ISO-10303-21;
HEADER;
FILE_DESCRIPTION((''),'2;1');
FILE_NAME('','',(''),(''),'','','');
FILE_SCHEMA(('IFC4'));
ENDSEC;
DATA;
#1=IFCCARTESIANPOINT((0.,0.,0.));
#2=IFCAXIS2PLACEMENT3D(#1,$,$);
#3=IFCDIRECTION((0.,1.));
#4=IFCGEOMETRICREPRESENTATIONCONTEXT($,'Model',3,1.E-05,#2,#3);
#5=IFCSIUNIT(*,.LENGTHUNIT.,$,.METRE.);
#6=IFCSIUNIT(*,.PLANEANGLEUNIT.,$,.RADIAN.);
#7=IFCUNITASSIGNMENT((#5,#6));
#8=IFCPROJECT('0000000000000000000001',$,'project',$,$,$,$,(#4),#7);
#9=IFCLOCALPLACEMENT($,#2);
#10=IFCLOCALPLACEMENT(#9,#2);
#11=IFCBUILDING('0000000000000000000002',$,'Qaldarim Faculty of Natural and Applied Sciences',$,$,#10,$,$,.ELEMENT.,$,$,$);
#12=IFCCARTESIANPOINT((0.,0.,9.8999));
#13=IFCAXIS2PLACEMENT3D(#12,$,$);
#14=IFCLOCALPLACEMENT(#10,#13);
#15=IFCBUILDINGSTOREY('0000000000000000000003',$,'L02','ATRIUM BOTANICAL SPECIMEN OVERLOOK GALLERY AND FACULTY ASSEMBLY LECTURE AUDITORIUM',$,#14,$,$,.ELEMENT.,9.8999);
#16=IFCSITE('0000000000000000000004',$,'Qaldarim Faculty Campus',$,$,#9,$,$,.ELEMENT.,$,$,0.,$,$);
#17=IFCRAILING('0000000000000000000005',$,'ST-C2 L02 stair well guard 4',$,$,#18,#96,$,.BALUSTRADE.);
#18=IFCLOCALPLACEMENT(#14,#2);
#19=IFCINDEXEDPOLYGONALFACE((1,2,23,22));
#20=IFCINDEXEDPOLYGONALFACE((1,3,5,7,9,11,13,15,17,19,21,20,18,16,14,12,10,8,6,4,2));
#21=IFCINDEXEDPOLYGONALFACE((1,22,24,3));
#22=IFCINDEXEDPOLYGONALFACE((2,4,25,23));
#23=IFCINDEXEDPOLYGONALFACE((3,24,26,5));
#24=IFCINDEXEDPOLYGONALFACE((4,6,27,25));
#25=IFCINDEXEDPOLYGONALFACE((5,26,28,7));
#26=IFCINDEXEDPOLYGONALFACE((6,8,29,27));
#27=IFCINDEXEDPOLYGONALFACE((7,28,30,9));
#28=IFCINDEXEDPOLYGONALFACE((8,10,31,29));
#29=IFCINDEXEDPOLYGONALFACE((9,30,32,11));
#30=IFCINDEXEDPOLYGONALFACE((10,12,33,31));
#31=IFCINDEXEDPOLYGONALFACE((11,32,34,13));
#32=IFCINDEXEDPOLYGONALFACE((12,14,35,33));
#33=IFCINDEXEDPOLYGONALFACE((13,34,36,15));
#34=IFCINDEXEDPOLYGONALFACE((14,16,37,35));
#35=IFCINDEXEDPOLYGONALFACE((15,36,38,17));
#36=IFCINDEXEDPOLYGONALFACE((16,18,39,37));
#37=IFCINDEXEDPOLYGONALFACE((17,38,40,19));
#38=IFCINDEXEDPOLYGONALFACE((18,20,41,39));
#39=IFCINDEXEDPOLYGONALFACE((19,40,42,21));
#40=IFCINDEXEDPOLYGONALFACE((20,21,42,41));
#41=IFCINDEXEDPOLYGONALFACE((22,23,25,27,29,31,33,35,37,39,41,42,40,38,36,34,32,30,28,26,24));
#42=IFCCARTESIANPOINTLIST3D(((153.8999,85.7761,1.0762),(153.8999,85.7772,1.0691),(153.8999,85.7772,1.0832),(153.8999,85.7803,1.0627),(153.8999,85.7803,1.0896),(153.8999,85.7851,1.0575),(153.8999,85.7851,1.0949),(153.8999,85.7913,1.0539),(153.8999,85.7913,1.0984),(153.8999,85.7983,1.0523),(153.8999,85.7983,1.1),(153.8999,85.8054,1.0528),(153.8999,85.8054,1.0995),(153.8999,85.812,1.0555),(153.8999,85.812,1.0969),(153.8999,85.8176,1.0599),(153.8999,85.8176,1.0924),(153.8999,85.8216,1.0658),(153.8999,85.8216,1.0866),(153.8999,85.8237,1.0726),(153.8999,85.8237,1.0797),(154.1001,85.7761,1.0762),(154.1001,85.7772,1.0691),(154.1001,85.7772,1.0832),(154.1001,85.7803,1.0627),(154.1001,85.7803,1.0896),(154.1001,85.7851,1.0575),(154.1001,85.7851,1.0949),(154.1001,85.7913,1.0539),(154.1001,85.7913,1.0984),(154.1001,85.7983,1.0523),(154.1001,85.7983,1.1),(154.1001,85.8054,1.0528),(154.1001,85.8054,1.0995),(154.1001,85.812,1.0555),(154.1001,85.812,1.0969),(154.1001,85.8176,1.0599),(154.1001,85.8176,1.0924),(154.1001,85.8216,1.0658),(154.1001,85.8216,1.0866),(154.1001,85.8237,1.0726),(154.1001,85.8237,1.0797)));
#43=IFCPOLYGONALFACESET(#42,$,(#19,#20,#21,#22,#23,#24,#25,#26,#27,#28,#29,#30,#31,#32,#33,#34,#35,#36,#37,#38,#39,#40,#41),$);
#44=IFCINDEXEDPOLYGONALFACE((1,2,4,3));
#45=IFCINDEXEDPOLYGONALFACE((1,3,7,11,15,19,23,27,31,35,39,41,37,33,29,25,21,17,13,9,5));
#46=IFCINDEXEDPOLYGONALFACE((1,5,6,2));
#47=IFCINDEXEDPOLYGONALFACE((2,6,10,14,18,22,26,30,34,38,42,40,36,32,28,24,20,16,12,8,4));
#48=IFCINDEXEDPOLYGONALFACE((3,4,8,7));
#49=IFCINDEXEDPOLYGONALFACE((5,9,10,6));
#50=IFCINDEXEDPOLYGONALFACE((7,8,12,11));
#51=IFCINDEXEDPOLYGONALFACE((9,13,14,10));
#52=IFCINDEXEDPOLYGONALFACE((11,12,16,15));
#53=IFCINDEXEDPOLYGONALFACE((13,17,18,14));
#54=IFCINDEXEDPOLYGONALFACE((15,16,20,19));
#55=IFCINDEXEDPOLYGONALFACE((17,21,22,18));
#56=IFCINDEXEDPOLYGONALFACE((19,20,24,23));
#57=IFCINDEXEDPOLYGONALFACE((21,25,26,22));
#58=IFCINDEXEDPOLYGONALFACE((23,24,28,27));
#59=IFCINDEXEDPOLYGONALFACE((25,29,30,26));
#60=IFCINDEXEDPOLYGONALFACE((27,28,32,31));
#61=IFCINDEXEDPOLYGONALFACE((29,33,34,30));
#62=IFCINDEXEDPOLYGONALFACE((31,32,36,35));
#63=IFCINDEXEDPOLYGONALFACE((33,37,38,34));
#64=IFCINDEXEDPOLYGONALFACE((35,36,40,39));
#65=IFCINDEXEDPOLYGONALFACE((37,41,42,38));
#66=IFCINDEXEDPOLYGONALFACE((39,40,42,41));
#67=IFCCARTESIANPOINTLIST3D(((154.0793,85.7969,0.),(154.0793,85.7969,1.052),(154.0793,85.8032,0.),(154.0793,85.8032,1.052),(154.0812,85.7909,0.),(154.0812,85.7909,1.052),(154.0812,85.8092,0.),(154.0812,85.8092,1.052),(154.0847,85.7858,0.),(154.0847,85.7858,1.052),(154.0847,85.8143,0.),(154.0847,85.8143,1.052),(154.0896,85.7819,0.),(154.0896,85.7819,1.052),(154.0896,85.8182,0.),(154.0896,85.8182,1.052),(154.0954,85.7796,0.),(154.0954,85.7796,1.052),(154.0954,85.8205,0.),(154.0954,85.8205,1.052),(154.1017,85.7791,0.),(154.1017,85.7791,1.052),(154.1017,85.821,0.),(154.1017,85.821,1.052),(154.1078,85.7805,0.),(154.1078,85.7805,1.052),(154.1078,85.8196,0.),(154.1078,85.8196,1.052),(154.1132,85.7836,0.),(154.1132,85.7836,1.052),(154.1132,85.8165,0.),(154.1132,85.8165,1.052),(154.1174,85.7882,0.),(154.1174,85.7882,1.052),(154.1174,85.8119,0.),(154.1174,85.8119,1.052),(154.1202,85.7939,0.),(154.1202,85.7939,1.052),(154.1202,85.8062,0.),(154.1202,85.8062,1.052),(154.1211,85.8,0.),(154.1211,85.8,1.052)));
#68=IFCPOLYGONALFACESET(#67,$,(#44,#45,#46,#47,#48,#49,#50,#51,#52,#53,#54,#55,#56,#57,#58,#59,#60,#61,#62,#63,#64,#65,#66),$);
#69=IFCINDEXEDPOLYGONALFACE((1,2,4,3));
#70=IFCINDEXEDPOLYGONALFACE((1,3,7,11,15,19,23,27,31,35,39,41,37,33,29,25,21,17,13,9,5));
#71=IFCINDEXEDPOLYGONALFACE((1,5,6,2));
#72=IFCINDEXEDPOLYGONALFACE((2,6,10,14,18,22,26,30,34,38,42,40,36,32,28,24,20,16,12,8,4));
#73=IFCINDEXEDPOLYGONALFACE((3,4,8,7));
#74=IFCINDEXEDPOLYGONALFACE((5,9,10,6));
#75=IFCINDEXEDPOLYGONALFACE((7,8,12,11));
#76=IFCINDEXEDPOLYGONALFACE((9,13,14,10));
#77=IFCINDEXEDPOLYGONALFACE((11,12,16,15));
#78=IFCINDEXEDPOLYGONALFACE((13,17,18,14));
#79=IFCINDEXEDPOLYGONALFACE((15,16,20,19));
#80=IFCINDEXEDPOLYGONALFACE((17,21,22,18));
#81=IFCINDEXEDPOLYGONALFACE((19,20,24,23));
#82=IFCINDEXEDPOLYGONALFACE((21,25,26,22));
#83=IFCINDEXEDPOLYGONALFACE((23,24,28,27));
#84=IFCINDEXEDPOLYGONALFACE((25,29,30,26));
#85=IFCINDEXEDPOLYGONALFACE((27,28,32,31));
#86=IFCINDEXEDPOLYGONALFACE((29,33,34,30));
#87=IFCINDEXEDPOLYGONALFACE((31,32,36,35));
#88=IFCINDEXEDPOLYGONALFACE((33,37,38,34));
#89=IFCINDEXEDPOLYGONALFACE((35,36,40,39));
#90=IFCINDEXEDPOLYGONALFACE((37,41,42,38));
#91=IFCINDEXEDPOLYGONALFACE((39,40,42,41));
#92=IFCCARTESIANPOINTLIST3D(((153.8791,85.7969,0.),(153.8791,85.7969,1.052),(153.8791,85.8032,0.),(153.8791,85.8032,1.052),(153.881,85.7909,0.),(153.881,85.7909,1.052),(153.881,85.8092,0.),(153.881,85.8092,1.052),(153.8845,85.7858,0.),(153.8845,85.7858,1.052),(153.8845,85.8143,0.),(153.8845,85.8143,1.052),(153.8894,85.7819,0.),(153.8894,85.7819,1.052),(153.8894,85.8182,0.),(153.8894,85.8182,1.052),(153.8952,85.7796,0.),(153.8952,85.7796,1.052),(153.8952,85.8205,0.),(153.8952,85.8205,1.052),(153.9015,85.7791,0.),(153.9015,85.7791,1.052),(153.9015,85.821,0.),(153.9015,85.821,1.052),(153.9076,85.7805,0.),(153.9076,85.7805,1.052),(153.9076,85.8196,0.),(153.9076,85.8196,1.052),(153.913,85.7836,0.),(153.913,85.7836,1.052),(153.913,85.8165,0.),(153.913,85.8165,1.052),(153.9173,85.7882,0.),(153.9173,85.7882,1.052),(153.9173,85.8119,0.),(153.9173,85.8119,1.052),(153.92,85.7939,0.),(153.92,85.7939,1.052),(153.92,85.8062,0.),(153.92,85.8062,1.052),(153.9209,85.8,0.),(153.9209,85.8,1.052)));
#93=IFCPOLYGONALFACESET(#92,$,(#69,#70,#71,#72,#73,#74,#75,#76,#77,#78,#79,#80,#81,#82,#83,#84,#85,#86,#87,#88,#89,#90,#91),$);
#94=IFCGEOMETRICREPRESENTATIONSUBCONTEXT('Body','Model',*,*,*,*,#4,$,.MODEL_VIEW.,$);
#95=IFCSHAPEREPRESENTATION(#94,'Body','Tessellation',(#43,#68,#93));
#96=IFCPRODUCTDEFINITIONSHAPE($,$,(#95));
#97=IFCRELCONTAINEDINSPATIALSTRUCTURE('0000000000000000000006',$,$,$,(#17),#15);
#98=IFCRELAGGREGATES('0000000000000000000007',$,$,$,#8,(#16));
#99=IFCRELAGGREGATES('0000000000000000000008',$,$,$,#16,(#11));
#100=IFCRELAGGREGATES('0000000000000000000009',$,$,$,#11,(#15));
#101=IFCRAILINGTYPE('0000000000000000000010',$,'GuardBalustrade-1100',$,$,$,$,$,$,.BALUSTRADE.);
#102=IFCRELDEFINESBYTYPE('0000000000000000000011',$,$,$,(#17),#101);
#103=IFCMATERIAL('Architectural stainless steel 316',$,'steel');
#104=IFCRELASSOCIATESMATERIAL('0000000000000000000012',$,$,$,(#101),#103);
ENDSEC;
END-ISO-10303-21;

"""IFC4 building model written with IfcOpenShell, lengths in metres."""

from ifc_helpers import new_model, si_unit, direction, frame, origin, origin_2d, place, context, subcontext, project, spatial, circle, extrude, material, type_object, element, save


model = new_model("IFC4")

# Units and contexts
model_context = context("Model", 3, precision=1e-05, world=origin(), true_north=direction((0.0, 1.0)))
body_context = subcontext(model_context, "Body", "Model", "MODEL_VIEW")
ifc_project = project(units=[si_unit("LENGTHUNIT", "METRE"), si_unit("PLANEANGLEUNIT", "RADIAN")], contexts=[model_context])

# Site, building, storey
site_placement = place(None, origin())
site = spatial("IfcSite", under=ifc_project, at=site_placement, Name="Qaldarim Faculty Campus", CompositionType="ELEMENT", RefElevation=0.0)
building_placement = place(site_placement, origin())
building = spatial("IfcBuilding", under=site, at=building_placement, Name="Qaldarim Faculty of Natural and Applied Sciences", CompositionType="ELEMENT")
storey_placement = place(building_placement, frame((0.0, 0.0, 9.8999)))
storey = spatial("IfcBuildingStorey", under=building, at=storey_placement, Name="L02", Description="ATRIUM BOTANICAL SPECIMEN OVERLOOK GALLERY AND FACULTY ASSEMBLY LECTURE AUDITORIUM", CompositionType="ELEMENT", Elevation=9.8999)

# Shared definitions
ifc_material_1 = material(Name="Architectural stainless steel 316", Category="steel")

# Railing
railing_type_1 = type_object("IfcRailingType", Name="GuardBalustrade-1100", PredefinedType="BALUSTRADE", material=ifc_material_1)
railing_1_placement = place(storey_placement, frame((154.1001, 85.8, 0.0)))
element("IfcRailing", 1, at=railing_1_placement, inside=storey, type_object=railing_type_1, Name="ST-C2 L02 stair well guard 4", PredefinedType="BALUSTRADE", context=body_context, shape_type="SweptSolid", body=[
    extrude(circle(Radius=0.0239, at=origin_2d()), frame((0.0, 0.0, 1.0762), z_axis=(-1.0, 0.0, 0.0), x_axis=(0.0, -1.0, 0.0)), (0.0, 0.0, 1.0), 0.2002),
    extrude(circle(Radius=0.021, at=origin_2d()), origin(), (0.0, 0.0, 1.0), 1.052),
    extrude(circle(Radius=0.021, at=origin_2d()), frame((-0.2002, 0.0, 0.0)), (0.0, 0.0, 1.0), 1.052),
])

save(model, "model.ifc")
